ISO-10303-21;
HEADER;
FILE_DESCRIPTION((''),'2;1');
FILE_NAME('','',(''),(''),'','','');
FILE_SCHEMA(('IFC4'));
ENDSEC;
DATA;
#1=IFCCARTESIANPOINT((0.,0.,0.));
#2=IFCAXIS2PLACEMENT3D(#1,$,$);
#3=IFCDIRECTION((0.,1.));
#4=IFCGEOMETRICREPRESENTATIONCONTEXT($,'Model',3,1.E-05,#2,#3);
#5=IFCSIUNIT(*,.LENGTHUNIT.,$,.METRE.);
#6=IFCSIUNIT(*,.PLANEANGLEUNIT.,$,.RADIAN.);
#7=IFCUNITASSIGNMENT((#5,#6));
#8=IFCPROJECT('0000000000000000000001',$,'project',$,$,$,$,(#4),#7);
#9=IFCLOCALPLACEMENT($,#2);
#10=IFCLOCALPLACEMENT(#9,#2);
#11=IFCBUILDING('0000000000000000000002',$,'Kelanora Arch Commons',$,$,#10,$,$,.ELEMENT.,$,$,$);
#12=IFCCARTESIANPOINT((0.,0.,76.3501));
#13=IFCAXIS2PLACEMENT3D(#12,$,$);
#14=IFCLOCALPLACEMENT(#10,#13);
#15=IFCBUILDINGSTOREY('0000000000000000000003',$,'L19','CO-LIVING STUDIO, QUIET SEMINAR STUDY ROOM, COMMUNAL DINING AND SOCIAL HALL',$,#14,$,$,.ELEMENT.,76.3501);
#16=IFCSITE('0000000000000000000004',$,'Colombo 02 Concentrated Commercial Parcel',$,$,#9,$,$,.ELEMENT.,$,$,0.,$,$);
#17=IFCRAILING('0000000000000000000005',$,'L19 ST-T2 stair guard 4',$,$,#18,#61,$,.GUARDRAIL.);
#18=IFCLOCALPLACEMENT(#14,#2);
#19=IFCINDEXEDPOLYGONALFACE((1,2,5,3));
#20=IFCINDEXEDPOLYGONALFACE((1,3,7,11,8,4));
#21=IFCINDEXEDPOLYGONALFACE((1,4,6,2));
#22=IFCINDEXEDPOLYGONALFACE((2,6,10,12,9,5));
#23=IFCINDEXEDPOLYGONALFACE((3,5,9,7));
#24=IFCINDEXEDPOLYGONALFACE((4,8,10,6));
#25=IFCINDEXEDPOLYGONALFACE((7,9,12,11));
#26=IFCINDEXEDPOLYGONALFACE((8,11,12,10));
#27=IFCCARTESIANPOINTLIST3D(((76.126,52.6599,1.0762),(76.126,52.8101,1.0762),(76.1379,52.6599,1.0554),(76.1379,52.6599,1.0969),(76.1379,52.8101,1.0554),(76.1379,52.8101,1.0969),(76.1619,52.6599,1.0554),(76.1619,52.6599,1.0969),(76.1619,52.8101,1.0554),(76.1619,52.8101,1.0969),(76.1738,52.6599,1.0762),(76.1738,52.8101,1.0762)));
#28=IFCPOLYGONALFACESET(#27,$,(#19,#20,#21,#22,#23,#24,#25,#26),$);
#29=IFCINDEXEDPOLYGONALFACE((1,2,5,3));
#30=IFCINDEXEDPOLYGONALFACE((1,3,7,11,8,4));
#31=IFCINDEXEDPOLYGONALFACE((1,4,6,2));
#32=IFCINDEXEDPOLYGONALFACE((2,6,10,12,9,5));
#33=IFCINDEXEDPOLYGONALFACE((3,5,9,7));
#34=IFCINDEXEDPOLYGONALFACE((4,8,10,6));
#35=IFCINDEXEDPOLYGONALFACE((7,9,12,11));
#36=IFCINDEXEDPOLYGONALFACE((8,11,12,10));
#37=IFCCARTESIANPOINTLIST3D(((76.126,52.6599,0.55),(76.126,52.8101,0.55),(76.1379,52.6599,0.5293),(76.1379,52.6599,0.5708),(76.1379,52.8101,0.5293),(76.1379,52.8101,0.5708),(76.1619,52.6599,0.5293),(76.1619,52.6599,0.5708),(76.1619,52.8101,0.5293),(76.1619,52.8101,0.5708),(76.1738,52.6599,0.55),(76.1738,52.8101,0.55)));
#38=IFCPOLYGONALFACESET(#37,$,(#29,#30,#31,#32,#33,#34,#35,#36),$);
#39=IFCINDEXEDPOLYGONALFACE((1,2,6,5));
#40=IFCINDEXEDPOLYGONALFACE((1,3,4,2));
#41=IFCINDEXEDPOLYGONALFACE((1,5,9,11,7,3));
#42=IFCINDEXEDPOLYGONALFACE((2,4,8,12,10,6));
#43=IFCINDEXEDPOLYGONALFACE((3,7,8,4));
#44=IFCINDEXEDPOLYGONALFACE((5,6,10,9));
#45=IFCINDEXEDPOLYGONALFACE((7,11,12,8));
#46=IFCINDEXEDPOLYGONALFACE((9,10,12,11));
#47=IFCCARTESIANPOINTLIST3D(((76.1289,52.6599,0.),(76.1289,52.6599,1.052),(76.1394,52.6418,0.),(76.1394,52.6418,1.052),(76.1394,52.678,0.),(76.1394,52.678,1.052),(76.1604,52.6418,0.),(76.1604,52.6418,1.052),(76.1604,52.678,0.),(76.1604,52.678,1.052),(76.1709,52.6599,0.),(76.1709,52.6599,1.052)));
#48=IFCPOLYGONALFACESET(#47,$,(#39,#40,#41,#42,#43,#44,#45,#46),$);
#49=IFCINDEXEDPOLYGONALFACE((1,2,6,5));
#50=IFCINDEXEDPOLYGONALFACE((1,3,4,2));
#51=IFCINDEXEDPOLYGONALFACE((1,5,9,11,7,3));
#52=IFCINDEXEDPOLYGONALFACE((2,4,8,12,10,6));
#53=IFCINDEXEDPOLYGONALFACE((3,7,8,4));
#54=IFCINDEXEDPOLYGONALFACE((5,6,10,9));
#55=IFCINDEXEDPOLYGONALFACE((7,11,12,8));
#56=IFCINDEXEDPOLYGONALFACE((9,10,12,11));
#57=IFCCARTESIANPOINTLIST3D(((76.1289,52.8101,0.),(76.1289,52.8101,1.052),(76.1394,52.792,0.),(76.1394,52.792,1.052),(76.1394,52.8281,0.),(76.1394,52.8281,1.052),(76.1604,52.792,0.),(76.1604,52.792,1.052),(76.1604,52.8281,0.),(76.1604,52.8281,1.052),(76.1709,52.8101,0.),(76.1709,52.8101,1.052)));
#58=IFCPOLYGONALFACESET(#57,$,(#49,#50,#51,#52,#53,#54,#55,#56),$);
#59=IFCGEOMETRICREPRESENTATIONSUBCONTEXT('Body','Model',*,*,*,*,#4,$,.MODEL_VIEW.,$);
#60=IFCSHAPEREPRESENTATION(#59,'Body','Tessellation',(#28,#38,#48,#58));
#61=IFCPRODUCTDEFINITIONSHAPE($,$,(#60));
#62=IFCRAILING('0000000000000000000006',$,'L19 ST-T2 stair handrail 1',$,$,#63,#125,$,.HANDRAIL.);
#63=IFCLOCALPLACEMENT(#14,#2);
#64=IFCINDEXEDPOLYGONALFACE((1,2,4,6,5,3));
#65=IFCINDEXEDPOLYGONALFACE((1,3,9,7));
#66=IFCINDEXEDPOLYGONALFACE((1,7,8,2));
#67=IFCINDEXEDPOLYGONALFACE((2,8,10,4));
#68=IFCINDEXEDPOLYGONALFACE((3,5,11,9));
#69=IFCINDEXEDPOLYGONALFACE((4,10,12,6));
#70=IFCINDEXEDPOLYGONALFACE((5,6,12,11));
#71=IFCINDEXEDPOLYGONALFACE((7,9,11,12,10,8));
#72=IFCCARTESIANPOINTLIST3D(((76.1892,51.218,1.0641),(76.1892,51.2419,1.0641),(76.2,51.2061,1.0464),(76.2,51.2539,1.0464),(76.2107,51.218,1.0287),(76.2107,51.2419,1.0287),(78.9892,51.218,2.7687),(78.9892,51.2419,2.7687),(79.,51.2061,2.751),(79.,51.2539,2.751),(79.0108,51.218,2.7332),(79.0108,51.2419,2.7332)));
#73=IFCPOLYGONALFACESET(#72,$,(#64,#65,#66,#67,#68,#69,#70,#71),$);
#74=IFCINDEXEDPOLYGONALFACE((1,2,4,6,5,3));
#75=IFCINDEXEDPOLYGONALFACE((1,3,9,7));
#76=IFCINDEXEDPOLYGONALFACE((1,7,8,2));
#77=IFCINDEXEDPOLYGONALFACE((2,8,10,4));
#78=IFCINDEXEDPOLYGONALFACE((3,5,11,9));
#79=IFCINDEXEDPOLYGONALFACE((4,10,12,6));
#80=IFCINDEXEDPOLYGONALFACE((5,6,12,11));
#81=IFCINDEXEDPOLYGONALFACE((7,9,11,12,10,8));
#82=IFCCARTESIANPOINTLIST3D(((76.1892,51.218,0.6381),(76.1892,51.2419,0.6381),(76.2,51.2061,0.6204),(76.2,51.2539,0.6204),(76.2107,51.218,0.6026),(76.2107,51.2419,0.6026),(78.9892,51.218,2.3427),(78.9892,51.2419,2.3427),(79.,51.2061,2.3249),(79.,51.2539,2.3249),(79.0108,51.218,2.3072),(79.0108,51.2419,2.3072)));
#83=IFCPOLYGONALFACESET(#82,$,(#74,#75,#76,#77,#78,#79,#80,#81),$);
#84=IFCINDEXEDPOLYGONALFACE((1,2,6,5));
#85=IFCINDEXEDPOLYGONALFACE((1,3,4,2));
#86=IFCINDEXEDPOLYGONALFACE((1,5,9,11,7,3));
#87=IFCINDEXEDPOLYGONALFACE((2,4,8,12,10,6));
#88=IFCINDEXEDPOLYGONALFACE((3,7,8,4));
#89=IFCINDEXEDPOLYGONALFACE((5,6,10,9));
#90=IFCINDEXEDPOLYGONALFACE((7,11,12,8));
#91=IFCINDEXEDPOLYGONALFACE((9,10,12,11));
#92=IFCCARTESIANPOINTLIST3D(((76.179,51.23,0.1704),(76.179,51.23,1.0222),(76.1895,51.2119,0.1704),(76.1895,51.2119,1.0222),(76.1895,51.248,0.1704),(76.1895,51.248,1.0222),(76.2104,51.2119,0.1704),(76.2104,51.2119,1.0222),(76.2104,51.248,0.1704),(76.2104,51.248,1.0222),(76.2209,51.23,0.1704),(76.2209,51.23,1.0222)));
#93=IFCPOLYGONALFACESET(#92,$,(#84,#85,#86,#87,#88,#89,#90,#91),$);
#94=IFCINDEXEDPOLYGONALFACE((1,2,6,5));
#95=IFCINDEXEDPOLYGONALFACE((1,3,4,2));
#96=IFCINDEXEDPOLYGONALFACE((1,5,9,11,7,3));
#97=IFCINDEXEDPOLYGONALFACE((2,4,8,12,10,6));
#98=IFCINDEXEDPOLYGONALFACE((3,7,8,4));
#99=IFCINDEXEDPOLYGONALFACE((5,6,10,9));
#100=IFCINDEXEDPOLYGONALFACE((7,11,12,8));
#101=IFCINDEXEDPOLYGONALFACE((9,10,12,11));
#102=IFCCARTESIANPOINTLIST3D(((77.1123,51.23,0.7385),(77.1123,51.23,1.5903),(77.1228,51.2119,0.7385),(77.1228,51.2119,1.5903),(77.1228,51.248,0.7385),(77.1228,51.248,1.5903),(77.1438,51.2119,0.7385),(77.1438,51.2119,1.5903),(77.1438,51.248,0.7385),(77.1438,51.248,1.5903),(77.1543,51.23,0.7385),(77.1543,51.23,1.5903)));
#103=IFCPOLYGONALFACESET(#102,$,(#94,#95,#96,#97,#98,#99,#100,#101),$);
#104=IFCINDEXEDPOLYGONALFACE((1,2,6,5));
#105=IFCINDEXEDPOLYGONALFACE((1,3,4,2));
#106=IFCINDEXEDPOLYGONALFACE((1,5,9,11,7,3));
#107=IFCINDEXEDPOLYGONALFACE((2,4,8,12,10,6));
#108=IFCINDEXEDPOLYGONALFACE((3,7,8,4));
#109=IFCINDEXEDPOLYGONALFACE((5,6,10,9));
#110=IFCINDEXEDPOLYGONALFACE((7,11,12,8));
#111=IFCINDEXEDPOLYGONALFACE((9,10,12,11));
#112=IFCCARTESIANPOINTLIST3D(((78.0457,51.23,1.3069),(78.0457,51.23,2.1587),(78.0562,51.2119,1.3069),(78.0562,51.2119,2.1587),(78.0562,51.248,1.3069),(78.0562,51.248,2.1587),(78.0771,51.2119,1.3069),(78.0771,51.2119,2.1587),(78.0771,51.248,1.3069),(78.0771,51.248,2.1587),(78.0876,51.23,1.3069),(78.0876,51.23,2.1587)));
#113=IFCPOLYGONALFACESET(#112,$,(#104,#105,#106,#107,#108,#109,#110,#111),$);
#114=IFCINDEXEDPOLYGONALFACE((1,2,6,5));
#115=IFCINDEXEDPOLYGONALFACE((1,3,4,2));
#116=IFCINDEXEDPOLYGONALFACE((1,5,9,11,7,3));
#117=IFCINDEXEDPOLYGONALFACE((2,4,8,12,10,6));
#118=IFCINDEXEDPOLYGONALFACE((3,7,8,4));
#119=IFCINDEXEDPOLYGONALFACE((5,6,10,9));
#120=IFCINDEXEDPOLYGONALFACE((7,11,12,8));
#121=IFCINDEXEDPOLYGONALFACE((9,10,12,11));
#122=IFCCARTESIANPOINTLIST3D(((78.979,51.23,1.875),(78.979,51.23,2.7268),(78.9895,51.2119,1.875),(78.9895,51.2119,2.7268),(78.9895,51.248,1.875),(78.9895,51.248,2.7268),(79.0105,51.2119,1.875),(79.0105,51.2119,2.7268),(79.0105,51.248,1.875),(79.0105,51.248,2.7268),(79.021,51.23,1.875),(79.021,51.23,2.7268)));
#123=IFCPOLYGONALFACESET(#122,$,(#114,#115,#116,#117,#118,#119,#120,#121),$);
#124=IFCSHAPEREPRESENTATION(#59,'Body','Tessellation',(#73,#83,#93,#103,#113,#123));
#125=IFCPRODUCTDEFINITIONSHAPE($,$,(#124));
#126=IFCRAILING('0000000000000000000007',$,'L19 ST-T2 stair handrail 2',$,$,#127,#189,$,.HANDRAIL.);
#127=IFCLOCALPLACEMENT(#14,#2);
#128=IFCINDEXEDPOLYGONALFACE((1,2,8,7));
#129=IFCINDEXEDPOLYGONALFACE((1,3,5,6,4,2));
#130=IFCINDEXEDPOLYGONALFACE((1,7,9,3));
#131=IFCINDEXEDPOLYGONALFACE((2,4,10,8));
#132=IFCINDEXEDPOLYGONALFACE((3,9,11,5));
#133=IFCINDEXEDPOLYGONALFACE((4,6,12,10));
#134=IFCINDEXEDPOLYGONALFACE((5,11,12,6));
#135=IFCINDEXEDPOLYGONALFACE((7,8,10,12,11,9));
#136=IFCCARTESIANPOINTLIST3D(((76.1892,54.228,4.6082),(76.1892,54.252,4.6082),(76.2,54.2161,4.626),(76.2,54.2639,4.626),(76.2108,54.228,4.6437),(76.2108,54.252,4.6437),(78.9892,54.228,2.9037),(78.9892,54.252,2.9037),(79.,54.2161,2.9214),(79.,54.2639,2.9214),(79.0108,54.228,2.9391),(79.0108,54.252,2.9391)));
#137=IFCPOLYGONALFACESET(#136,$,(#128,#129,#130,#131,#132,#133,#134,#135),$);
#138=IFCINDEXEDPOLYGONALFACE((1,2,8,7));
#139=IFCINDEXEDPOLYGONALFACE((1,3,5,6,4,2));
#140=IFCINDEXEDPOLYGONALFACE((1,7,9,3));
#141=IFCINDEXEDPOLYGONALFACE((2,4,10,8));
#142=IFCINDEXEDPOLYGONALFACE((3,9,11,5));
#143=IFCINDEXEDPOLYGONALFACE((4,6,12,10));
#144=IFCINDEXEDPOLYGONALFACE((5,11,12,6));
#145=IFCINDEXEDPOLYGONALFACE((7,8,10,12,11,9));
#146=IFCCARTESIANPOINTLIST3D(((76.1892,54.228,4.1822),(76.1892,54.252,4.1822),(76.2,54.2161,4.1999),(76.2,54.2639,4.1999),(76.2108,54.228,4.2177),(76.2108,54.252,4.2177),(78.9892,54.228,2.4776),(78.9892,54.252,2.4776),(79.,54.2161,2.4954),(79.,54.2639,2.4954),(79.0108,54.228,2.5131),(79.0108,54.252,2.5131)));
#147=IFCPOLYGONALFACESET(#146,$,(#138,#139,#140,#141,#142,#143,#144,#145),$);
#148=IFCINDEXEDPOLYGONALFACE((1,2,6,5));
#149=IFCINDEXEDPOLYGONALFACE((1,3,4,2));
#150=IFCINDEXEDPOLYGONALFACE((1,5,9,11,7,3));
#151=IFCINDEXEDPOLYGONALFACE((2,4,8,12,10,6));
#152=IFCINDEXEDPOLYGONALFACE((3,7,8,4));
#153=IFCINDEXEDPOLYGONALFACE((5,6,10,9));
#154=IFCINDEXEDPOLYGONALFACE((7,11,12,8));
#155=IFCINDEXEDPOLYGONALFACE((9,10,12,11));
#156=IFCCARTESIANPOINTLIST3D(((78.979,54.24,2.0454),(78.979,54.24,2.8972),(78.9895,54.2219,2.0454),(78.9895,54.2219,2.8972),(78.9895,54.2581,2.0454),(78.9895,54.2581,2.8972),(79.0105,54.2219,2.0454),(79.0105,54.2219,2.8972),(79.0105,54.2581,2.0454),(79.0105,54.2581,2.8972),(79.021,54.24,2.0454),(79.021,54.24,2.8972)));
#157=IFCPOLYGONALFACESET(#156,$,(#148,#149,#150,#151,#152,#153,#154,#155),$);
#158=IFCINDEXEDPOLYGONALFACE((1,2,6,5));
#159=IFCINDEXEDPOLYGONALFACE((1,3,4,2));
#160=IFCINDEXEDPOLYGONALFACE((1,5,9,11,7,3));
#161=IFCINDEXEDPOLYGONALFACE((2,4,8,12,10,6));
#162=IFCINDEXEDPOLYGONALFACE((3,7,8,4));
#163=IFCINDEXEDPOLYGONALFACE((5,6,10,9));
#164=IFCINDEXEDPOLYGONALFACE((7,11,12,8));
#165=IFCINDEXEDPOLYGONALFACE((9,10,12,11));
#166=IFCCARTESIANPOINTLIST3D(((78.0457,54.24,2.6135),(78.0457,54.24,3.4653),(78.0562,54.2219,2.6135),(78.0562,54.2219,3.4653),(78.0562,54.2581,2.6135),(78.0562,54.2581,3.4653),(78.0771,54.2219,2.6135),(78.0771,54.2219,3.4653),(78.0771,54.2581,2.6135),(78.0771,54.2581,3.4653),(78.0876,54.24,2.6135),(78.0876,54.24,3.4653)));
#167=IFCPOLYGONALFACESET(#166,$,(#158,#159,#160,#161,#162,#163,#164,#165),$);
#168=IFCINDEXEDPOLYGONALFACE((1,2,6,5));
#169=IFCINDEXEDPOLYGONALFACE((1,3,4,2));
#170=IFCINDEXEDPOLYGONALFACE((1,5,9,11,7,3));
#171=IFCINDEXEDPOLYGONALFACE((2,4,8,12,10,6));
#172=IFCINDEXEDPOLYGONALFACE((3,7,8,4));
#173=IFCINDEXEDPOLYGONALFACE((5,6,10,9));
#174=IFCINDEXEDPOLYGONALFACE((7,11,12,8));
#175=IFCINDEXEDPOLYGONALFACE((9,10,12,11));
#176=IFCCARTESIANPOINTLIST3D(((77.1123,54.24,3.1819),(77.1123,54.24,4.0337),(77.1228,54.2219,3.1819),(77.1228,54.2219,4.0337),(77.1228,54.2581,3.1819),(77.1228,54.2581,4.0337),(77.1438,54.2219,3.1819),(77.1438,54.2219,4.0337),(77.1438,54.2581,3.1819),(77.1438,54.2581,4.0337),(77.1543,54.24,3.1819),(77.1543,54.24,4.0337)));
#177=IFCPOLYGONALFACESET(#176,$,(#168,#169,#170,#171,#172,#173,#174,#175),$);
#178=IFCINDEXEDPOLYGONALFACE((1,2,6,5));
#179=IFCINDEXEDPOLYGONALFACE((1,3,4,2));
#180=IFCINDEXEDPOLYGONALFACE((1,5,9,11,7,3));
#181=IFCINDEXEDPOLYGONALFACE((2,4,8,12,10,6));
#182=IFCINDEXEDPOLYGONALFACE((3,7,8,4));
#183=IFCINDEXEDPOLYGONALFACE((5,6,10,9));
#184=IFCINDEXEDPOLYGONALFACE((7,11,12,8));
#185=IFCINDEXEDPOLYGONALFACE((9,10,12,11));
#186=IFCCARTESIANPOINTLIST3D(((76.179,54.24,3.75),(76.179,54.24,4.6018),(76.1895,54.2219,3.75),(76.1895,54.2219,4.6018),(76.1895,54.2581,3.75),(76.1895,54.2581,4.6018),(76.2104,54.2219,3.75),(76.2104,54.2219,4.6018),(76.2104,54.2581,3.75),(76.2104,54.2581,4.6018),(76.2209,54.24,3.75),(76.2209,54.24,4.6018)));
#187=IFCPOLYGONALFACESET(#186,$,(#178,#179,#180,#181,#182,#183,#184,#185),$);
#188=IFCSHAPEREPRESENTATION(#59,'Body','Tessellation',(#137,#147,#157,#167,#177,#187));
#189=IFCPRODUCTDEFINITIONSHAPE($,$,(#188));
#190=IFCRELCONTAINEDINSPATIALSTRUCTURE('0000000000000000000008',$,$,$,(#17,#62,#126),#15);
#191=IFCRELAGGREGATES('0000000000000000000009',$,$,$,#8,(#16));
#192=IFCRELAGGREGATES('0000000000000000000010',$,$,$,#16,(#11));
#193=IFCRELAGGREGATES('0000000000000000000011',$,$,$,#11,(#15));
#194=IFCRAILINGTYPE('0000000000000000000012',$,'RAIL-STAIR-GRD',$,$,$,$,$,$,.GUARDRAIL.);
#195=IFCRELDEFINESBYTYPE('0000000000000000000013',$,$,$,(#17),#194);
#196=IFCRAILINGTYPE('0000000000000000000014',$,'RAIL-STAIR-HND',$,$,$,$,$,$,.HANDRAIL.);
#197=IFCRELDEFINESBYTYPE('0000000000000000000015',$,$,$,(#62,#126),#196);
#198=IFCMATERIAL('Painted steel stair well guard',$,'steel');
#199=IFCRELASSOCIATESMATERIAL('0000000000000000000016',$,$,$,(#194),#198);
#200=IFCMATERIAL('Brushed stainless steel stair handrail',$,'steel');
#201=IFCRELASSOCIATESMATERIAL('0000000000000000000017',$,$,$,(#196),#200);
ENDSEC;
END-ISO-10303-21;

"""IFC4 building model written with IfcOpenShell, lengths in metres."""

from ifc_helpers import new_model, si_unit, direction, frame, origin, place, context, subcontext, project, spatial, polyline, outline, extrude, material, type_object, element, save


model = new_model("IFC4")

# Units and contexts
model_context = context("Model", 3, precision=1e-05, world=origin(), true_north=direction((0.0, 1.0)))
body_context = subcontext(model_context, "Body", "Model", "MODEL_VIEW")
ifc_project = project(units=[si_unit("LENGTHUNIT", "METRE"), si_unit("PLANEANGLEUNIT", "RADIAN")], contexts=[model_context])

# Site, building, storey
site_placement = place(None, origin())
site = spatial("IfcSite", under=ifc_project, at=site_placement, Name="Colombo 02 Concentrated Commercial Parcel", CompositionType="ELEMENT", RefElevation=0.0)
building_placement = place(site_placement, origin())
building = spatial("IfcBuilding", under=site, at=building_placement, Name="Kelanora Arch Commons", CompositionType="ELEMENT")
storey_placement = place(building_placement, frame((0.0, 0.0, 76.3501)))
storey = spatial("IfcBuildingStorey", under=building, at=storey_placement, Name="L19", Description="CO-LIVING STUDIO, QUIET SEMINAR STUDY ROOM, COMMUNAL DINING AND SOCIAL HALL", CompositionType="ELEMENT", Elevation=76.3501)

# Railings
ifc_material_1 = material(Name="Painted steel stair well guard", Category="steel")
railing_type_1 = type_object("IfcRailingType", Name="RAIL-STAIR-GRD", PredefinedType="GUARDRAIL", material=ifc_material_1)
railing_1_placement = place(storey_placement, frame((76.1499, 52.6599, 0.0)))
element("IfcRailing", 1, at=railing_1_placement, inside=storey, type_object=railing_type_1, Name="L19 ST-T2 stair guard 4", PredefinedType="GUARDRAIL", context=body_context, shape_type="SweptSolid", body=[
    extrude(outline(polyline([(0.0239, 0.0), (0.012, 0.0208), (-0.012, 0.0208), (-0.0239, 0.0), (-0.012, -0.0208), (0.012, -0.0208), (0.0239, 0.0)])), frame((0.0, 0.0, 1.0762), z_axis=(0.0, 1.0, 0.0), x_axis=(-1.0, 0.0, 0.0)), (0.0, 0.0, 1.0), 0.1501),
    extrude(outline(polyline([(0.0239, 0.0), (0.012, 0.0208), (-0.012, 0.0208), (-0.0239, 0.0), (-0.012, -0.0208), (0.012, -0.0208), (0.0239, 0.0)])), frame((0.0, 0.0, 0.55), z_axis=(0.0, 1.0, 0.0), x_axis=(-1.0, 0.0, 0.0)), (0.0, 0.0, 1.0), 0.1501),
    extrude(outline(polyline([(0.021, 0.0), (0.0105, 0.0181), (-0.0105, 0.0181), (-0.021, 0.0), (-0.0105, -0.0181), (0.0105, -0.0181), (0.021, 0.0)])), origin(), (0.0, 0.0, 1.0), 1.052),
    extrude(outline(polyline([(0.021, 0.0), (0.0105, 0.0181), (-0.0105, 0.0181), (-0.021, 0.0), (-0.0105, -0.0181), (0.0105, -0.0181), (0.021, 0.0)])), frame((0.0, 0.1501, 0.0)), (0.0, 0.0, 1.0), 1.052),
])
ifc_material_2 = material(Name="Brushed stainless steel stair handrail", Category="steel")
railing_type_2 = type_object("IfcRailingType", Name="RAIL-STAIR-HND", PredefinedType="HANDRAIL", material=ifc_material_2)
railing_2_placement = place(storey_placement, frame((76.2, 51.23, 0.1704)))
element("IfcRailing", 2, at=railing_2_placement, inside=storey, type_object=railing_type_2, Name="L19 ST-T2 stair handrail 1", PredefinedType="HANDRAIL", context=body_context, shape_type="SweptSolid", body=[
    extrude(outline(polyline([(0.0239, 0.0), (0.012, 0.0208), (-0.012, 0.0208), (-0.0239, 0.0), (-0.012, -0.0208), (0.012, -0.0208), (0.0239, 0.0)])), frame((0.0, 0.0, 0.876), z_axis=(0.85417, 0.0, 0.519994), x_axis=(0.0, 1.0, 0.0)), (0.0, 0.0, 1.0), 3.2781),
    extrude(outline(polyline([(0.0239, 0.0), (0.012, 0.0208), (-0.012, 0.0208), (-0.0239, 0.0), (-0.012, -0.0208), (0.012, -0.0208), (0.0239, 0.0)])), frame((0.0, 0.0, 0.45), z_axis=(0.85417, 0.0, 0.519994), x_axis=(0.0, 1.0, 0.0)), (0.0, 0.0, 1.0), 3.2781),
    extrude(outline(polyline([(0.021, 0.0), (0.0105, 0.0181), (-0.0105, 0.0181), (-0.021, 0.0), (-0.0105, -0.0181), (0.0105, -0.0181), (0.021, 0.0)])), origin(), (0.0, 0.0, 1.0), 0.8518),
    extrude(outline(polyline([(0.021, 0.0), (0.0105, 0.0181), (-0.0105, 0.0181), (-0.021, 0.0), (-0.0105, -0.0181), (0.0105, -0.0181), (0.021, 0.0)])), frame((0.9333, 0.0, 0.5681)), (0.0, 0.0, 1.0), 0.8518),
    extrude(outline(polyline([(0.021, 0.0), (0.0105, 0.0181), (-0.0105, 0.0181), (-0.021, 0.0), (-0.0105, -0.0181), (0.0105, -0.0181), (0.021, 0.0)])), frame((1.8667, 0.0, 1.1365)), (0.0, 0.0, 1.0), 0.8518),
    extrude(outline(polyline([(0.021, 0.0), (0.0105, 0.0181), (-0.0105, 0.0181), (-0.021, 0.0), (-0.0105, -0.0181), (0.0105, -0.0181), (0.021, 0.0)])), frame((2.8, 0.0, 1.7046)), (0.0, 0.0, 1.0), 0.8518),
])
railing_3_placement = place(storey_placement, frame((79.0, 54.24, 2.0454)))
element("IfcRailing", 3, at=railing_3_placement, inside=storey, type_object=railing_type_2, Name="L19 ST-T2 stair handrail 2", PredefinedType="HANDRAIL", context=body_context, shape_type="SweptSolid", body=[
    extrude(outline(polyline([(0.0239, 0.0), (0.012, 0.0208), (-0.012, 0.0208), (-0.0239, 0.0), (-0.012, -0.0208), (0.012, -0.0208), (0.0239, 0.0)])), frame((0.0, 0.0, 0.876), z_axis=(-0.85417, 0.0, 0.519994), x_axis=(0.0, -1.0, 0.0)), (0.0, 0.0, 1.0), 3.2781),
    extrude(outline(polyline([(0.0239, 0.0), (0.012, 0.0208), (-0.012, 0.0208), (-0.0239, 0.0), (-0.012, -0.0208), (0.012, -0.0208), (0.0239, 0.0)])), frame((0.0, 0.0, 0.45), z_axis=(-0.85417, 0.0, 0.519994), x_axis=(0.0, -1.0, 0.0)), (0.0, 0.0, 1.0), 3.2781),
    extrude(outline(polyline([(0.021, 0.0), (0.0105, 0.0181), (-0.0105, 0.0181), (-0.021, 0.0), (-0.0105, -0.0181), (0.0105, -0.0181), (0.021, 0.0)])), origin(), (0.0, 0.0, 1.0), 0.8518),
    extrude(outline(polyline([(0.021, 0.0), (0.0105, 0.0181), (-0.0105, 0.0181), (-0.021, 0.0), (-0.0105, -0.0181), (0.0105, -0.0181), (0.021, 0.0)])), frame((-0.9333, 0.0, 0.5681)), (0.0, 0.0, 1.0), 0.8518),
    extrude(outline(polyline([(0.021, 0.0), (0.0105, 0.0181), (-0.0105, 0.0181), (-0.021, 0.0), (-0.0105, -0.0181), (0.0105, -0.0181), (0.021, 0.0)])), frame((-1.8667, 0.0, 1.1365)), (0.0, 0.0, 1.0), 0.8518),
    extrude(outline(polyline([(0.021, 0.0), (0.0105, 0.0181), (-0.0105, 0.0181), (-0.021, 0.0), (-0.0105, -0.0181), (0.0105, -0.0181), (0.021, 0.0)])), frame((-2.8, 0.0, 1.7046)), (0.0, 0.0, 1.0), 0.8518),
])

save(model, "model.ifc")
